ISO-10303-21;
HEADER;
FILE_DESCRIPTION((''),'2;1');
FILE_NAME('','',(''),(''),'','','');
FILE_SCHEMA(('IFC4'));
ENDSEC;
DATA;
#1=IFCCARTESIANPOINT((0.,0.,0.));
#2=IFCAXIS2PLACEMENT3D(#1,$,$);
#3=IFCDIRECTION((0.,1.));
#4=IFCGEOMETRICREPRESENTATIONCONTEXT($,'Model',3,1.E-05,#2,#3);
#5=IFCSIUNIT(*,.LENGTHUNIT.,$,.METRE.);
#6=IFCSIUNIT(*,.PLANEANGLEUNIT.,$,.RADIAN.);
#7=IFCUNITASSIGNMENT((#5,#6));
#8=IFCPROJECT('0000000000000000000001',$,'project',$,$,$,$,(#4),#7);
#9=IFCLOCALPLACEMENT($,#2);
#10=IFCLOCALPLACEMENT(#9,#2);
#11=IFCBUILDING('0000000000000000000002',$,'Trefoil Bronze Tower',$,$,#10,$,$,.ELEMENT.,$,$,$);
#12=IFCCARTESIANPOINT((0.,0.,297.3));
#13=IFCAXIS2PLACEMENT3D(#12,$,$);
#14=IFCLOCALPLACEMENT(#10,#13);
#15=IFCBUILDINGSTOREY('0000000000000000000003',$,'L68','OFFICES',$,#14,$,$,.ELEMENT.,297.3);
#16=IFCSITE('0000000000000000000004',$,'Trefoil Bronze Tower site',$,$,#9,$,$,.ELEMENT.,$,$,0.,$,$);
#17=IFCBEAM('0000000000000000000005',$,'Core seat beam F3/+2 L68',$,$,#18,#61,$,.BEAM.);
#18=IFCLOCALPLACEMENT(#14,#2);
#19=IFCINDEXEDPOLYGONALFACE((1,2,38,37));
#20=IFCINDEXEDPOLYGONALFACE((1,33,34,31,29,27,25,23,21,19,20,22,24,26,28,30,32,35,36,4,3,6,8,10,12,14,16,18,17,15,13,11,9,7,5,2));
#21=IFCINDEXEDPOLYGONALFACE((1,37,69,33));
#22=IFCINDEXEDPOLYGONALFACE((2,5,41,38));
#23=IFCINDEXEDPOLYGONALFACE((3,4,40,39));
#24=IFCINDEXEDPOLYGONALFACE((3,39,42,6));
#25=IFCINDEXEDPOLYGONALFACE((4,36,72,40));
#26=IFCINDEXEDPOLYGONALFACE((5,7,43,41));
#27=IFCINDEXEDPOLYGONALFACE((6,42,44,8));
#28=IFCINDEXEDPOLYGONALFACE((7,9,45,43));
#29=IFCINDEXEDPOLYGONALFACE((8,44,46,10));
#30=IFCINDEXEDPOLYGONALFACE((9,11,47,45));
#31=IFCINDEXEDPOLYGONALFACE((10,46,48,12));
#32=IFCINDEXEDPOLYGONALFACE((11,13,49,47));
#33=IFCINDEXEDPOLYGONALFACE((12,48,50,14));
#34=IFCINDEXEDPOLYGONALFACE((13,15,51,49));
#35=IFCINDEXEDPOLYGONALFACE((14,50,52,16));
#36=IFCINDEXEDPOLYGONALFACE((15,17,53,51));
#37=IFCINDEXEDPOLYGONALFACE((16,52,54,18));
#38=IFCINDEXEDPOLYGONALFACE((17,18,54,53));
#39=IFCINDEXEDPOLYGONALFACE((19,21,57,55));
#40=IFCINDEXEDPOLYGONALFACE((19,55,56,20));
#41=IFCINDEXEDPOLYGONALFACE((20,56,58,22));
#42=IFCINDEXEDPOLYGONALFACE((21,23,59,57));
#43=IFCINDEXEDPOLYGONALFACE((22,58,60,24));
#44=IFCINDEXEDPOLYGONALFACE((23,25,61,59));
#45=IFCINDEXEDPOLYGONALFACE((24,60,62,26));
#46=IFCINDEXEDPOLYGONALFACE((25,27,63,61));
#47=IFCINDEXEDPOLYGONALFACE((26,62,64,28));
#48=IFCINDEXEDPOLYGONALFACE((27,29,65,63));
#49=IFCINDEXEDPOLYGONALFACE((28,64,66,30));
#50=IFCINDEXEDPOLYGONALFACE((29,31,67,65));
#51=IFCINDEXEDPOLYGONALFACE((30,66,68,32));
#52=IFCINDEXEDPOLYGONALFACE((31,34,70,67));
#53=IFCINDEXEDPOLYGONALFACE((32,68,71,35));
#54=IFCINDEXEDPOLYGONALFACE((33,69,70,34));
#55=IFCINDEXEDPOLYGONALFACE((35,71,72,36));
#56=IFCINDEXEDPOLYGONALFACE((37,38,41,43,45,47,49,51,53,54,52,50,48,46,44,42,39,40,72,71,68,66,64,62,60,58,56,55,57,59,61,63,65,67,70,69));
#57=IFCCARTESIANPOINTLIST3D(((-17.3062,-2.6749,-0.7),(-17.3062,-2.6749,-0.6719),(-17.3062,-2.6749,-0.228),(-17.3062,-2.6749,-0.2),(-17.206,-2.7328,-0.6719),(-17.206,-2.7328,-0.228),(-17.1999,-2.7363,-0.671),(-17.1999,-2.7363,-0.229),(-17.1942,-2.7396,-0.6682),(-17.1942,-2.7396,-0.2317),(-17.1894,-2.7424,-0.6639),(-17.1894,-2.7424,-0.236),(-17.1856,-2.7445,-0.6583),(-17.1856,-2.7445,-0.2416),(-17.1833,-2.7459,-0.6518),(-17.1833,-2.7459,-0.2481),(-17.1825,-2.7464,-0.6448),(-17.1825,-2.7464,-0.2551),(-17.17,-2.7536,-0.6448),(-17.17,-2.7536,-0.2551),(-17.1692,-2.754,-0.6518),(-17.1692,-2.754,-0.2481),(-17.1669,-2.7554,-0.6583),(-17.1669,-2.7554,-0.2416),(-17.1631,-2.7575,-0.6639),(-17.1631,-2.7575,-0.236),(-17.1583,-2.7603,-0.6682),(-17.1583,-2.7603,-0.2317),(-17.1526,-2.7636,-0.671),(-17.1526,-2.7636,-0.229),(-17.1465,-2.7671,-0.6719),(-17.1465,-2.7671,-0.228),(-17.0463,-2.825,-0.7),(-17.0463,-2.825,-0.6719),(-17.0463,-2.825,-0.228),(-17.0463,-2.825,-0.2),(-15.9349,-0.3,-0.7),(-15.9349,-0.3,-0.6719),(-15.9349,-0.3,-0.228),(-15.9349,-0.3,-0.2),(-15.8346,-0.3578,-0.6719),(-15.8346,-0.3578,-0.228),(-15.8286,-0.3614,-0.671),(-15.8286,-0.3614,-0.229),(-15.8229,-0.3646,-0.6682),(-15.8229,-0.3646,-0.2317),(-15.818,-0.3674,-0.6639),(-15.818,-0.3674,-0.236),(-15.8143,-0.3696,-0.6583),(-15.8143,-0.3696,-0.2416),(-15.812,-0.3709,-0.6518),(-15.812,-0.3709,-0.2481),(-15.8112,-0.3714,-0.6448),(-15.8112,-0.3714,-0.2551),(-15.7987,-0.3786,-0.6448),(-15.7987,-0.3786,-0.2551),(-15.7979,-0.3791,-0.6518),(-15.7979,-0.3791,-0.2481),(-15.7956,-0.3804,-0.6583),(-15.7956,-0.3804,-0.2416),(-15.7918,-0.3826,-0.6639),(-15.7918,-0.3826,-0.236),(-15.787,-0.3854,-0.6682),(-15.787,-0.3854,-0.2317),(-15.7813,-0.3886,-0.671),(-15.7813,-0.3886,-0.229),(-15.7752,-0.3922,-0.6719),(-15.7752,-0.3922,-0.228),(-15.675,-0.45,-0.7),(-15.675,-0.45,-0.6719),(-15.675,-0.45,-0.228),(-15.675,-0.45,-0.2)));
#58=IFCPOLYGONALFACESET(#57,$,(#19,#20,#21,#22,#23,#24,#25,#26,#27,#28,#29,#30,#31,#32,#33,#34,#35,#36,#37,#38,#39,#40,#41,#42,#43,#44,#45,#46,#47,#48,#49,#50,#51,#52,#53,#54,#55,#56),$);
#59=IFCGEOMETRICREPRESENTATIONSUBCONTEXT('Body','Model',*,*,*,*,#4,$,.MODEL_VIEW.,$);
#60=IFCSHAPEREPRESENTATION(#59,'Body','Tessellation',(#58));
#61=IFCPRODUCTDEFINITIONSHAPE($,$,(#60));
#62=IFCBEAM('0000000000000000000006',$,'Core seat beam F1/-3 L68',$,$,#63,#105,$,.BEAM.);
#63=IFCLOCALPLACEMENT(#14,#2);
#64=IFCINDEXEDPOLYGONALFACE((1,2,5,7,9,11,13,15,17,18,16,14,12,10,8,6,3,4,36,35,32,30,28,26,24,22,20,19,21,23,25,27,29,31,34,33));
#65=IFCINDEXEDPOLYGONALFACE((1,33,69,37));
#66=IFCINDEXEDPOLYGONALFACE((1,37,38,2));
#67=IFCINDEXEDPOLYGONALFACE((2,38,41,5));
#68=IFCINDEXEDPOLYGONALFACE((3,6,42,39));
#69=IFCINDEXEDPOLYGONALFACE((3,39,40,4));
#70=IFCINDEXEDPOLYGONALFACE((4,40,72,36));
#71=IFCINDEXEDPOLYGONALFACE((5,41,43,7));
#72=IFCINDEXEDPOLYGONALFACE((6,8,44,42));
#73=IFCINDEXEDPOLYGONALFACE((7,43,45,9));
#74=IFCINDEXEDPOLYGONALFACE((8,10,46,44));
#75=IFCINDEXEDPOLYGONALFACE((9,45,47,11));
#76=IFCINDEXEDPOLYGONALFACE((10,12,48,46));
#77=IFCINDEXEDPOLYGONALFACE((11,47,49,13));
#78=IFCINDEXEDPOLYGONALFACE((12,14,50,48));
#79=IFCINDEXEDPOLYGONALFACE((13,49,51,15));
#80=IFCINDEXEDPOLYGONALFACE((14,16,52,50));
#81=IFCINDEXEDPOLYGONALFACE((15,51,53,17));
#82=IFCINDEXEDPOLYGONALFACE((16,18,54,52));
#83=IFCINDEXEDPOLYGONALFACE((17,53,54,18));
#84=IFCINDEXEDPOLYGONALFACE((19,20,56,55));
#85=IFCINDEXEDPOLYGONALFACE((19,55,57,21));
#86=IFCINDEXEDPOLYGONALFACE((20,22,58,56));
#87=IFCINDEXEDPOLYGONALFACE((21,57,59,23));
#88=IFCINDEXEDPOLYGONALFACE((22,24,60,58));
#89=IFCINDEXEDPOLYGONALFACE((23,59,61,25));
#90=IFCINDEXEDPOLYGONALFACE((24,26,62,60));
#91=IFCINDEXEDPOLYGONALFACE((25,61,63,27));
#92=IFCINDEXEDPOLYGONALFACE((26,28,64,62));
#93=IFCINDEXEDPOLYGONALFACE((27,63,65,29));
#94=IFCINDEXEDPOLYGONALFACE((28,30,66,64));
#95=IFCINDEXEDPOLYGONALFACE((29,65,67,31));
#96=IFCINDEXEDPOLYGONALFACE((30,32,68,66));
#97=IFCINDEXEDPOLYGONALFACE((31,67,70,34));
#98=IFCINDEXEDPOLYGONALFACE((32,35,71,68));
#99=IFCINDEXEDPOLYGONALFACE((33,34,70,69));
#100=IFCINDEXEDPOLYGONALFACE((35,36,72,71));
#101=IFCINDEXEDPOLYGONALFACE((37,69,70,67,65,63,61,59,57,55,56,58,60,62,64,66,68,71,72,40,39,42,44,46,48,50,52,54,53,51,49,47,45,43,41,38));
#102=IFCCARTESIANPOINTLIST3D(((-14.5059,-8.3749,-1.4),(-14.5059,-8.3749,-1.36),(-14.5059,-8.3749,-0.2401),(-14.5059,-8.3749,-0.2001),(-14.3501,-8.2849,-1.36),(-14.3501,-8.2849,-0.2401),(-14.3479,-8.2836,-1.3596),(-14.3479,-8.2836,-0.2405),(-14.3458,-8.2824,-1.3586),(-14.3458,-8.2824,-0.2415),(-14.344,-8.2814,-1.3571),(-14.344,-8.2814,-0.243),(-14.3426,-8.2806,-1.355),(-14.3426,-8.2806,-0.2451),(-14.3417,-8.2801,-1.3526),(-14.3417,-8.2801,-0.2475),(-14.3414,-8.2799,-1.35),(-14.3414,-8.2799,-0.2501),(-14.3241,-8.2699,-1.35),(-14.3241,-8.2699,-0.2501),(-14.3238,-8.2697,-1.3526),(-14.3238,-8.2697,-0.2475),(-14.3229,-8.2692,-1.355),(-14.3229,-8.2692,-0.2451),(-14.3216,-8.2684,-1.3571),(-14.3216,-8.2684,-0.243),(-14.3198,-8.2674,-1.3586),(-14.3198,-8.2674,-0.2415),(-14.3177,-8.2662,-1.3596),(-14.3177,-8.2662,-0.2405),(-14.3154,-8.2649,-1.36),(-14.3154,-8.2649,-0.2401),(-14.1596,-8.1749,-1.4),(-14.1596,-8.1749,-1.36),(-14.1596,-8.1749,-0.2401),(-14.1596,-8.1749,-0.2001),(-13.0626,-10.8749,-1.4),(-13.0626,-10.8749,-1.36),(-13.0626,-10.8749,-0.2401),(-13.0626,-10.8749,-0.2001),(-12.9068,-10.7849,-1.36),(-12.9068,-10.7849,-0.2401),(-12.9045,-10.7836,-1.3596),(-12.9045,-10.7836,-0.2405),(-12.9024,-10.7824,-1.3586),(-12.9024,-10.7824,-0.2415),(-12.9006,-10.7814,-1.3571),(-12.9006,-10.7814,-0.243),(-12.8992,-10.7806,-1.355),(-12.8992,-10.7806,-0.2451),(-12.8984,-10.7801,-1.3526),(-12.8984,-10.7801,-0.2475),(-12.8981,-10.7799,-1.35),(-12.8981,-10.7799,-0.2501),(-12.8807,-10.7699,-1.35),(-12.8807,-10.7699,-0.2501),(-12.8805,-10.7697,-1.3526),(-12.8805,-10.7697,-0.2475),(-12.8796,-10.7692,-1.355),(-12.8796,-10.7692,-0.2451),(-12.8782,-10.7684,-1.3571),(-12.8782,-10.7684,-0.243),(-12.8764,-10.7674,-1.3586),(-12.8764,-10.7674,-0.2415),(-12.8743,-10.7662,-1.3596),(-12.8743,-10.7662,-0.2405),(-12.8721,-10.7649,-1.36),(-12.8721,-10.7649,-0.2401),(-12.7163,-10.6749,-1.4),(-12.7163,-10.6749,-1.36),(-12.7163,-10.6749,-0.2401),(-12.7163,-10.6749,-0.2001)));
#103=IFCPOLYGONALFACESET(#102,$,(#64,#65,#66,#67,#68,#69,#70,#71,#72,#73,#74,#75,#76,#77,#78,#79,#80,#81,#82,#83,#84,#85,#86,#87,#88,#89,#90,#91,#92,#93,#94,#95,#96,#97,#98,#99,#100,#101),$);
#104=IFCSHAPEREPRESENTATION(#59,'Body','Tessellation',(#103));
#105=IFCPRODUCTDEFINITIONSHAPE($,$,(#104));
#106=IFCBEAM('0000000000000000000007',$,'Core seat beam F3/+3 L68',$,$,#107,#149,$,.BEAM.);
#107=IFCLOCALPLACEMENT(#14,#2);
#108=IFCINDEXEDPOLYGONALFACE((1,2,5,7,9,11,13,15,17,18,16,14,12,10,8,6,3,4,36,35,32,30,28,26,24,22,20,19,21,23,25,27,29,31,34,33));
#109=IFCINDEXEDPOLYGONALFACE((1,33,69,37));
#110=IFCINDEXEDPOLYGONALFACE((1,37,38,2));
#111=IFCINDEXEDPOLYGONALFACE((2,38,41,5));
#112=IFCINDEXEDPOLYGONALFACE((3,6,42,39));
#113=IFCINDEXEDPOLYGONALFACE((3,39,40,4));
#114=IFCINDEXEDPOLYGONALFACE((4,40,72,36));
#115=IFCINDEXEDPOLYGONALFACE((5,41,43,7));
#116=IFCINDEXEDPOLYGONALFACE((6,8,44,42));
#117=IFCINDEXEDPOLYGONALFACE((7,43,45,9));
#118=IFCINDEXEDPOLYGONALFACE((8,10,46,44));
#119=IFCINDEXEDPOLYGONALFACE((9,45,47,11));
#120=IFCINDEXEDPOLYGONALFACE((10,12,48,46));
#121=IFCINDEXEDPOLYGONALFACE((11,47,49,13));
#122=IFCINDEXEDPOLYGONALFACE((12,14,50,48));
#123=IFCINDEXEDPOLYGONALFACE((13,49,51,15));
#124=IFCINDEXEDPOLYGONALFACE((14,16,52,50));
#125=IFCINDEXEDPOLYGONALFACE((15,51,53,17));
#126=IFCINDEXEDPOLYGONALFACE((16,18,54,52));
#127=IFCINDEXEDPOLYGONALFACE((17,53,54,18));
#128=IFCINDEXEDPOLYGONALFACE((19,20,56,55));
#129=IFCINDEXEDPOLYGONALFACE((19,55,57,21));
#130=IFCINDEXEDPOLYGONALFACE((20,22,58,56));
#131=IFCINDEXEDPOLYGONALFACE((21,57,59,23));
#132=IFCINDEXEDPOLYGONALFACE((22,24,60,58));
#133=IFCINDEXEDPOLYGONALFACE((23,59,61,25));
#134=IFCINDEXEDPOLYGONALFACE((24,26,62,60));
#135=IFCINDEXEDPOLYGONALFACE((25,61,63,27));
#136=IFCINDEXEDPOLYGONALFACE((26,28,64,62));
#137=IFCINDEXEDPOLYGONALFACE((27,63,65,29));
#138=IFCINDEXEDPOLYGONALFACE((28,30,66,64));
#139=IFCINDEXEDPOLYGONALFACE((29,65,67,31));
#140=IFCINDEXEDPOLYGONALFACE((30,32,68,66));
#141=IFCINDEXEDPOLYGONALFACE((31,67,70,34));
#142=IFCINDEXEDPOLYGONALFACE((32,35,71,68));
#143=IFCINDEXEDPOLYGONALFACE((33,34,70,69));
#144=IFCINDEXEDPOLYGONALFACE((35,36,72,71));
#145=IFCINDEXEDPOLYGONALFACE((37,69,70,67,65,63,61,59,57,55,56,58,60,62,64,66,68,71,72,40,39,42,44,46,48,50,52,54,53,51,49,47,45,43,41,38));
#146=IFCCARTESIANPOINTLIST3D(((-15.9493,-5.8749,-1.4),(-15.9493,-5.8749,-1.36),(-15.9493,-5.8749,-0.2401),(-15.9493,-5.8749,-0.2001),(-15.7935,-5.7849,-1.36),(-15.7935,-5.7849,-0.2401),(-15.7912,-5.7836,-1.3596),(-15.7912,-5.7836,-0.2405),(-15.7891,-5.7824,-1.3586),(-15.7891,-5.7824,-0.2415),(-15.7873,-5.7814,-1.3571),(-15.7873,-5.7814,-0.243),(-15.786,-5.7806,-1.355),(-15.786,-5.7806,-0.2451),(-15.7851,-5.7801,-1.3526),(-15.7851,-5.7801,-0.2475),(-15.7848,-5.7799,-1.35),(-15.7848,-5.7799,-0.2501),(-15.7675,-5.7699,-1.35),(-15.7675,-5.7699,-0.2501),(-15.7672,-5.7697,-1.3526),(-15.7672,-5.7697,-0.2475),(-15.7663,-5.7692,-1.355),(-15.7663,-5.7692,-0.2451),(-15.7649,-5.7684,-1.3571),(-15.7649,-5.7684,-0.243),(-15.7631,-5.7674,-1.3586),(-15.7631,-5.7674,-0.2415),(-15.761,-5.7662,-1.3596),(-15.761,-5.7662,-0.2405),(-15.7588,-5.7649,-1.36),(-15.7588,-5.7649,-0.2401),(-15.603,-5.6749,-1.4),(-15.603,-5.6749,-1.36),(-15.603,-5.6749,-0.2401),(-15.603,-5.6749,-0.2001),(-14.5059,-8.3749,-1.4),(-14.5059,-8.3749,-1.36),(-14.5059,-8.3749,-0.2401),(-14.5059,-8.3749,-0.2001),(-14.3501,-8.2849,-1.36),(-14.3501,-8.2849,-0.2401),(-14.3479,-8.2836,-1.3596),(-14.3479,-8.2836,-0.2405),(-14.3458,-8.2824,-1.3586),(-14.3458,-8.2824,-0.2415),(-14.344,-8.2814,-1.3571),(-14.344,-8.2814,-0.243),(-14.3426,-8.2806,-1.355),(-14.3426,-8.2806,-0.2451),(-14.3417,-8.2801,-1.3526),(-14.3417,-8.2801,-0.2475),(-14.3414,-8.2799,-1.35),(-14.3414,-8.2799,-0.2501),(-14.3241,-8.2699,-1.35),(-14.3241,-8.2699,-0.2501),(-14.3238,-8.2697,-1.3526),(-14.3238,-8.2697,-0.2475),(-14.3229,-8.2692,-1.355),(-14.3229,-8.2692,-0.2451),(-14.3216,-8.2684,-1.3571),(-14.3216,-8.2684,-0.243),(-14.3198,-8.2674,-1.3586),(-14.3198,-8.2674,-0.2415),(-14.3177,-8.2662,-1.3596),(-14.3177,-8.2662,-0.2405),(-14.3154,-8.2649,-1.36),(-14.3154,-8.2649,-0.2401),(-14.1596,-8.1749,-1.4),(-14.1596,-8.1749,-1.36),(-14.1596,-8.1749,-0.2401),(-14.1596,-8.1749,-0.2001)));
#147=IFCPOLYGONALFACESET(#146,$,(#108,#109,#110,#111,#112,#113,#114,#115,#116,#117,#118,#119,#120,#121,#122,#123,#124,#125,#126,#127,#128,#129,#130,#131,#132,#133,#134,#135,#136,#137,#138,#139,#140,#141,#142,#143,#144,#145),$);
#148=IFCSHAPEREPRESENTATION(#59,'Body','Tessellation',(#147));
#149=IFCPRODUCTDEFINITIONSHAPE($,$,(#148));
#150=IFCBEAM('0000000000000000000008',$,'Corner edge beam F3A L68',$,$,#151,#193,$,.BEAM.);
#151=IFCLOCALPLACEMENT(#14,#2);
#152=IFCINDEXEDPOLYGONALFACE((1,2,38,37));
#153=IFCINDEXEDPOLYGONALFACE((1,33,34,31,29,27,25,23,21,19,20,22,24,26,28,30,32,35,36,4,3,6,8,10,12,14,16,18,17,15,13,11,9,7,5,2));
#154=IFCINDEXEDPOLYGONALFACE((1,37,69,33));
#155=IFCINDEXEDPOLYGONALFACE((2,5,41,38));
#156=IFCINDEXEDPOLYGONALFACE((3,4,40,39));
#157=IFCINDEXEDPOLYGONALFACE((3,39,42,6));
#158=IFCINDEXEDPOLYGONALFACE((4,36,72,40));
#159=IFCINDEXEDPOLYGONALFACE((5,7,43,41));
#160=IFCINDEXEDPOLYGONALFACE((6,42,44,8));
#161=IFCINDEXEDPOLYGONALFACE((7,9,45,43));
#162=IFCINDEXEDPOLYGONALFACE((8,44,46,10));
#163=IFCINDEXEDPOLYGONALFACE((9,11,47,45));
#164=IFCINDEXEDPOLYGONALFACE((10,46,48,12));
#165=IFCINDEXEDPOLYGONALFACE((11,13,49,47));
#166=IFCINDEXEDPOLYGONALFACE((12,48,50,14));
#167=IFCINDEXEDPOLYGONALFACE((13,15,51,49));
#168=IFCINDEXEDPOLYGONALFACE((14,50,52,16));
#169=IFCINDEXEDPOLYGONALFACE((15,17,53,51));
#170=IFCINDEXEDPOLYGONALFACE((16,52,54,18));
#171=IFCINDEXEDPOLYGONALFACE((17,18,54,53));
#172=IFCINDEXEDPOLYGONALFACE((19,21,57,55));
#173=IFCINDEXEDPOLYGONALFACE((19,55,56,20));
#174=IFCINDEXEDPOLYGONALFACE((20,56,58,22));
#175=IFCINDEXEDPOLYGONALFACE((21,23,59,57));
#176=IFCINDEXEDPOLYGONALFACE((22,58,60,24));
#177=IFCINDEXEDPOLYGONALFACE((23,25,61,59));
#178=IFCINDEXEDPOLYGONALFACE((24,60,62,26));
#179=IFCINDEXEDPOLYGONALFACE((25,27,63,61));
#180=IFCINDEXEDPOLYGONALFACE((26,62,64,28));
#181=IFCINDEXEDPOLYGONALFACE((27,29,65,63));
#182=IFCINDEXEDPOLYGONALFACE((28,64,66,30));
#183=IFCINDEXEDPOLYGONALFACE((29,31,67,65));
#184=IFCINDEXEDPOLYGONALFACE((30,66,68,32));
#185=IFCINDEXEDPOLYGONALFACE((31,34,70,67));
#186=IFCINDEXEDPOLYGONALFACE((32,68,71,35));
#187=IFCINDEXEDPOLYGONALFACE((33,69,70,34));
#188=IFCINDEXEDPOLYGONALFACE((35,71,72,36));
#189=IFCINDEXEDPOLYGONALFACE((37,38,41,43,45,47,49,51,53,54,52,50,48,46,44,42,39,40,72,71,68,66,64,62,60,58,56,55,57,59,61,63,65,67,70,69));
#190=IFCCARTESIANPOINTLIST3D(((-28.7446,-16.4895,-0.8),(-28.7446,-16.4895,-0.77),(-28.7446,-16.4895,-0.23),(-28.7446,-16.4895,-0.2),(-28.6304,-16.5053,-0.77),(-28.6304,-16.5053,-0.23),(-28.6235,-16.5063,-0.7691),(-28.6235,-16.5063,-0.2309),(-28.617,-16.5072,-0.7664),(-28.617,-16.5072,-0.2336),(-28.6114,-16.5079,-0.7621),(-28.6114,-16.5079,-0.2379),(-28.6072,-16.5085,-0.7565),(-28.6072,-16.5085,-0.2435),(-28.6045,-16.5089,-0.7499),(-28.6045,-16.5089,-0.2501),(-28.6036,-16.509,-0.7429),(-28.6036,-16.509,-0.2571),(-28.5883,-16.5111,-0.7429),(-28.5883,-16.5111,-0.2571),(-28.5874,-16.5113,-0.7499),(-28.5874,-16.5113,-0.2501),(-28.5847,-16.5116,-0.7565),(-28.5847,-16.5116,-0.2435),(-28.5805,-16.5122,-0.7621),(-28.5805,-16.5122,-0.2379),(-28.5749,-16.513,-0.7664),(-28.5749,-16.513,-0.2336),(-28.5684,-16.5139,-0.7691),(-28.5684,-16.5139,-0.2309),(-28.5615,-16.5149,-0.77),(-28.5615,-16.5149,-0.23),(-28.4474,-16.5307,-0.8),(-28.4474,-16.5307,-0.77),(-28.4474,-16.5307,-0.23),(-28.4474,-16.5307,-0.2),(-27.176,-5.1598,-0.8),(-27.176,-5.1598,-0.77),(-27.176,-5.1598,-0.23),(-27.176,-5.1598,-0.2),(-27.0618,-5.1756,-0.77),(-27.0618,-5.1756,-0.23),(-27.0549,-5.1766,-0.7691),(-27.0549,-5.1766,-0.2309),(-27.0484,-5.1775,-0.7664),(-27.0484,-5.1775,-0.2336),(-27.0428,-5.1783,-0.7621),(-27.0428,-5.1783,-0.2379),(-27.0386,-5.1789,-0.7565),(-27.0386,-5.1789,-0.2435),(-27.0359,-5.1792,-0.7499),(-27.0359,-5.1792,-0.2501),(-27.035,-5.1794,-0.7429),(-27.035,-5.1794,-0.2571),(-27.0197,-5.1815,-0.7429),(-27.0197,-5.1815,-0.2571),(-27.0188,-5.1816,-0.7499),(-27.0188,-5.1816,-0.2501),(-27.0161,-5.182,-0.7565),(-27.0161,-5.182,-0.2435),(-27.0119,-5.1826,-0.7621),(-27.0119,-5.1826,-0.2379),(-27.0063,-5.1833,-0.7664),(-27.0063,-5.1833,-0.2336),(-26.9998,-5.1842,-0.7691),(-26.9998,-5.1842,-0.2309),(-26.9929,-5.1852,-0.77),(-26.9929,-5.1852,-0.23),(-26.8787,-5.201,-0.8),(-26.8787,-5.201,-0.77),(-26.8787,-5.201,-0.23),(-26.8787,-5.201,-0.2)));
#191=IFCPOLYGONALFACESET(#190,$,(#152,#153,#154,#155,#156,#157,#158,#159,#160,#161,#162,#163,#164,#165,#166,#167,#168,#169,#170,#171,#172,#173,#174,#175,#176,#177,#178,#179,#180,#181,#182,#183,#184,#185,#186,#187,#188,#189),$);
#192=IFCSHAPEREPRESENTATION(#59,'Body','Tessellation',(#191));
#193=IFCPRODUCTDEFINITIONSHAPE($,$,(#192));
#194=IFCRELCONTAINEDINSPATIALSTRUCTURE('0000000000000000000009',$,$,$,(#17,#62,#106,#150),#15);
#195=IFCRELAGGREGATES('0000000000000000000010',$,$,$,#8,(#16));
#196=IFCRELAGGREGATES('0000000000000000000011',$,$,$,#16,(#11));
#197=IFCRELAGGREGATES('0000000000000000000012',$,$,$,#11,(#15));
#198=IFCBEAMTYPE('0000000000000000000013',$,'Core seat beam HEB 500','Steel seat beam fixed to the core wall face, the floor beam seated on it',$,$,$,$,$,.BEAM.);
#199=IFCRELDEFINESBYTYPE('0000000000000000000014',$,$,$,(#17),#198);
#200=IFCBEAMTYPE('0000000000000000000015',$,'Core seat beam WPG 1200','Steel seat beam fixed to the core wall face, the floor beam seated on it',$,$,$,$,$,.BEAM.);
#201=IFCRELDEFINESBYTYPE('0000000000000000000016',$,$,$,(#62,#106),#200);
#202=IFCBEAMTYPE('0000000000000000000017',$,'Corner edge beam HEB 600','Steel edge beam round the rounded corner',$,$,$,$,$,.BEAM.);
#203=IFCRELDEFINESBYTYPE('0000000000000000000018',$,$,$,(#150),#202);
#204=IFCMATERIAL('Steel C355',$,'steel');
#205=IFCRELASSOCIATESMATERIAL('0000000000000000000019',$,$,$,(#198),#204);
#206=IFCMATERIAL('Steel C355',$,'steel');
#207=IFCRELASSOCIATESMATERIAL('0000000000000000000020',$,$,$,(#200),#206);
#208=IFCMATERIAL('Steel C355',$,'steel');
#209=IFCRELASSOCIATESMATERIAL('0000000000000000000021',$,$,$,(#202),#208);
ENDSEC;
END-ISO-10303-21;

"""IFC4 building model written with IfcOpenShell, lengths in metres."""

from ifc_helpers import new_model, si_unit, direction, frame, origin, origin_2d, place, context, subcontext, project, spatial, i_section, extrude, material, material_profile, profile_set, type_object, element, save


model = new_model("IFC4")

# Units and contexts
model_context = context("Model", 3, precision=1e-05, world=origin(), true_north=direction((0.0, 1.0)))
body_context = subcontext(model_context, "Body", "Model", "MODEL_VIEW")
ifc_project = project(units=[si_unit("LENGTHUNIT", "METRE"), si_unit("PLANEANGLEUNIT", "RADIAN")], contexts=[model_context])

# Site, building, storey
site_placement = place(None, origin())
site = spatial("IfcSite", under=ifc_project, at=site_placement, Name="Trefoil Bronze Tower site", CompositionType="ELEMENT", RefElevation=0.0)
building_placement = place(site_placement, origin())
building = spatial("IfcBuilding", under=site, at=building_placement, Name="Trefoil Bronze Tower", CompositionType="ELEMENT")
storey_placement = place(building_placement, frame((0.0, 0.0, 297.3)))
storey = spatial("IfcBuildingStorey", under=building, at=storey_placement, Name="L68", Description="OFFICES", CompositionType="ELEMENT", Elevation=297.3)

# Beams
ifc_material_1 = material(Name="Steel C355", Category="steel")
ifc_material_profile_1 = material_profile(ifc_material_1, i_section(OverallWidth=0.3, OverallDepth=0.5, WebThickness=0.0144, FlangeThickness=0.0281, FilletRadius=0.0271, at=origin_2d()), Name="HEB 500")
ifc_profile_set_1 = profile_set([ifc_material_profile_1], Name="Steel C355")
beam_type_1 = type_object("IfcBeamType", Name="Core seat beam HEB 500", Description="Steel seat beam fixed to the core wall face, the floor beam seated on it", PredefinedType="BEAM", material=ifc_profile_set_1)
for number, where, z_axis, x_axis, name in (
    (1, (-15.8049, -0.375, -0.45), (-0.500036, -0.866005, 0.0), (0.866005, -0.500036, 0.0), "Core seat beam F3/+2 L68"),
):
    element("IfcBeam", number, at=place(storey_placement, frame(where, z_axis=z_axis, x_axis=x_axis)), inside=storey, type_object=beam_type_1, Name=name, PredefinedType="BEAM", context=body_context, shape_type="SweptSolid", body=[
        extrude(i_section(OverallWidth=0.3, OverallDepth=0.5, WebThickness=0.0144, FlangeThickness=0.0281, FilletRadius=0.0271, at=origin_2d()), origin(), (0.0, 0.0, 1.0), 2.7424),
    ])
ifc_material_2 = material(Name="Steel C355", Category="steel")
ifc_material_profile_2 = material_profile(ifc_material_2, i_section(OverallWidth=0.3999, OverallDepth=1.2, WebThickness=0.02, FlangeThickness=0.04, FilletRadius=0.01, at=origin_2d()), Name="WPG 1200")
ifc_profile_set_2 = profile_set([ifc_material_profile_2], Name="Steel C355")
beam_type_2 = type_object("IfcBeamType", Name="Core seat beam WPG 1200", Description="Steel seat beam fixed to the core wall face, the floor beam seated on it", PredefinedType="BEAM", material=ifc_profile_set_2)
for number, where, z_axis, x_axis, name in (
    (2, (-14.3328, -8.2749, -0.8), (0.499996, -0.866028, 0.0), (0.866028, 0.499996, 0.0), "Core seat beam F1/-3 L68"),
    (3, (-15.7761, -5.7749, -0.8), (0.499996, -0.866028, 0.0), (0.866028, 0.499996, 0.0), "Core seat beam F3/+3 L68"),
):
    element("IfcBeam", number, at=place(storey_placement, frame(where, z_axis=z_axis, x_axis=x_axis)), inside=storey, type_object=beam_type_2, Name=name, PredefinedType="BEAM", context=body_context, shape_type="SweptSolid", body=[
        extrude(i_section(OverallWidth=0.3999, OverallDepth=1.2, WebThickness=0.02, FlangeThickness=0.04, FilletRadius=0.01, at=origin_2d()), origin(), (0.0, 0.0, 1.0), 2.8867),
    ])
ifc_material_3 = material(Name="Steel C355", Category="steel")
ifc_material_profile_3 = material_profile(ifc_material_3, i_section(OverallWidth=0.3, OverallDepth=0.6001, WebThickness=0.0154, FlangeThickness=0.03, FilletRadius=0.0271, at=origin_2d()), Name="HEB 600")
ifc_profile_set_3 = profile_set([ifc_material_profile_3], Name="Steel C355")
beam_type_3 = type_object("IfcBeamType", Name="Corner edge beam HEB 600", Description="Steel edge beam round the rounded corner", PredefinedType="BEAM", material=ifc_profile_set_3)
beam_1_placement = place(storey_placement, frame((-27.0273, -5.1804, -0.5), z_axis=(-0.137144, -0.990551, 0.0), x_axis=(0.990551, -0.137144, 0.0)))
element("IfcBeam", 4, at=beam_1_placement, inside=storey, type_object=beam_type_3, Name="Corner edge beam F3A L68", PredefinedType="BEAM", context=body_context, shape_type="SweptSolid", body=[
    extrude(i_section(OverallWidth=0.3, OverallDepth=0.6001, WebThickness=0.0154, FlangeThickness=0.03, FilletRadius=0.0271, at=origin_2d()), origin(), (0.0, 0.0, 1.0), 11.4377),
])

save(model, "model.ifc")
